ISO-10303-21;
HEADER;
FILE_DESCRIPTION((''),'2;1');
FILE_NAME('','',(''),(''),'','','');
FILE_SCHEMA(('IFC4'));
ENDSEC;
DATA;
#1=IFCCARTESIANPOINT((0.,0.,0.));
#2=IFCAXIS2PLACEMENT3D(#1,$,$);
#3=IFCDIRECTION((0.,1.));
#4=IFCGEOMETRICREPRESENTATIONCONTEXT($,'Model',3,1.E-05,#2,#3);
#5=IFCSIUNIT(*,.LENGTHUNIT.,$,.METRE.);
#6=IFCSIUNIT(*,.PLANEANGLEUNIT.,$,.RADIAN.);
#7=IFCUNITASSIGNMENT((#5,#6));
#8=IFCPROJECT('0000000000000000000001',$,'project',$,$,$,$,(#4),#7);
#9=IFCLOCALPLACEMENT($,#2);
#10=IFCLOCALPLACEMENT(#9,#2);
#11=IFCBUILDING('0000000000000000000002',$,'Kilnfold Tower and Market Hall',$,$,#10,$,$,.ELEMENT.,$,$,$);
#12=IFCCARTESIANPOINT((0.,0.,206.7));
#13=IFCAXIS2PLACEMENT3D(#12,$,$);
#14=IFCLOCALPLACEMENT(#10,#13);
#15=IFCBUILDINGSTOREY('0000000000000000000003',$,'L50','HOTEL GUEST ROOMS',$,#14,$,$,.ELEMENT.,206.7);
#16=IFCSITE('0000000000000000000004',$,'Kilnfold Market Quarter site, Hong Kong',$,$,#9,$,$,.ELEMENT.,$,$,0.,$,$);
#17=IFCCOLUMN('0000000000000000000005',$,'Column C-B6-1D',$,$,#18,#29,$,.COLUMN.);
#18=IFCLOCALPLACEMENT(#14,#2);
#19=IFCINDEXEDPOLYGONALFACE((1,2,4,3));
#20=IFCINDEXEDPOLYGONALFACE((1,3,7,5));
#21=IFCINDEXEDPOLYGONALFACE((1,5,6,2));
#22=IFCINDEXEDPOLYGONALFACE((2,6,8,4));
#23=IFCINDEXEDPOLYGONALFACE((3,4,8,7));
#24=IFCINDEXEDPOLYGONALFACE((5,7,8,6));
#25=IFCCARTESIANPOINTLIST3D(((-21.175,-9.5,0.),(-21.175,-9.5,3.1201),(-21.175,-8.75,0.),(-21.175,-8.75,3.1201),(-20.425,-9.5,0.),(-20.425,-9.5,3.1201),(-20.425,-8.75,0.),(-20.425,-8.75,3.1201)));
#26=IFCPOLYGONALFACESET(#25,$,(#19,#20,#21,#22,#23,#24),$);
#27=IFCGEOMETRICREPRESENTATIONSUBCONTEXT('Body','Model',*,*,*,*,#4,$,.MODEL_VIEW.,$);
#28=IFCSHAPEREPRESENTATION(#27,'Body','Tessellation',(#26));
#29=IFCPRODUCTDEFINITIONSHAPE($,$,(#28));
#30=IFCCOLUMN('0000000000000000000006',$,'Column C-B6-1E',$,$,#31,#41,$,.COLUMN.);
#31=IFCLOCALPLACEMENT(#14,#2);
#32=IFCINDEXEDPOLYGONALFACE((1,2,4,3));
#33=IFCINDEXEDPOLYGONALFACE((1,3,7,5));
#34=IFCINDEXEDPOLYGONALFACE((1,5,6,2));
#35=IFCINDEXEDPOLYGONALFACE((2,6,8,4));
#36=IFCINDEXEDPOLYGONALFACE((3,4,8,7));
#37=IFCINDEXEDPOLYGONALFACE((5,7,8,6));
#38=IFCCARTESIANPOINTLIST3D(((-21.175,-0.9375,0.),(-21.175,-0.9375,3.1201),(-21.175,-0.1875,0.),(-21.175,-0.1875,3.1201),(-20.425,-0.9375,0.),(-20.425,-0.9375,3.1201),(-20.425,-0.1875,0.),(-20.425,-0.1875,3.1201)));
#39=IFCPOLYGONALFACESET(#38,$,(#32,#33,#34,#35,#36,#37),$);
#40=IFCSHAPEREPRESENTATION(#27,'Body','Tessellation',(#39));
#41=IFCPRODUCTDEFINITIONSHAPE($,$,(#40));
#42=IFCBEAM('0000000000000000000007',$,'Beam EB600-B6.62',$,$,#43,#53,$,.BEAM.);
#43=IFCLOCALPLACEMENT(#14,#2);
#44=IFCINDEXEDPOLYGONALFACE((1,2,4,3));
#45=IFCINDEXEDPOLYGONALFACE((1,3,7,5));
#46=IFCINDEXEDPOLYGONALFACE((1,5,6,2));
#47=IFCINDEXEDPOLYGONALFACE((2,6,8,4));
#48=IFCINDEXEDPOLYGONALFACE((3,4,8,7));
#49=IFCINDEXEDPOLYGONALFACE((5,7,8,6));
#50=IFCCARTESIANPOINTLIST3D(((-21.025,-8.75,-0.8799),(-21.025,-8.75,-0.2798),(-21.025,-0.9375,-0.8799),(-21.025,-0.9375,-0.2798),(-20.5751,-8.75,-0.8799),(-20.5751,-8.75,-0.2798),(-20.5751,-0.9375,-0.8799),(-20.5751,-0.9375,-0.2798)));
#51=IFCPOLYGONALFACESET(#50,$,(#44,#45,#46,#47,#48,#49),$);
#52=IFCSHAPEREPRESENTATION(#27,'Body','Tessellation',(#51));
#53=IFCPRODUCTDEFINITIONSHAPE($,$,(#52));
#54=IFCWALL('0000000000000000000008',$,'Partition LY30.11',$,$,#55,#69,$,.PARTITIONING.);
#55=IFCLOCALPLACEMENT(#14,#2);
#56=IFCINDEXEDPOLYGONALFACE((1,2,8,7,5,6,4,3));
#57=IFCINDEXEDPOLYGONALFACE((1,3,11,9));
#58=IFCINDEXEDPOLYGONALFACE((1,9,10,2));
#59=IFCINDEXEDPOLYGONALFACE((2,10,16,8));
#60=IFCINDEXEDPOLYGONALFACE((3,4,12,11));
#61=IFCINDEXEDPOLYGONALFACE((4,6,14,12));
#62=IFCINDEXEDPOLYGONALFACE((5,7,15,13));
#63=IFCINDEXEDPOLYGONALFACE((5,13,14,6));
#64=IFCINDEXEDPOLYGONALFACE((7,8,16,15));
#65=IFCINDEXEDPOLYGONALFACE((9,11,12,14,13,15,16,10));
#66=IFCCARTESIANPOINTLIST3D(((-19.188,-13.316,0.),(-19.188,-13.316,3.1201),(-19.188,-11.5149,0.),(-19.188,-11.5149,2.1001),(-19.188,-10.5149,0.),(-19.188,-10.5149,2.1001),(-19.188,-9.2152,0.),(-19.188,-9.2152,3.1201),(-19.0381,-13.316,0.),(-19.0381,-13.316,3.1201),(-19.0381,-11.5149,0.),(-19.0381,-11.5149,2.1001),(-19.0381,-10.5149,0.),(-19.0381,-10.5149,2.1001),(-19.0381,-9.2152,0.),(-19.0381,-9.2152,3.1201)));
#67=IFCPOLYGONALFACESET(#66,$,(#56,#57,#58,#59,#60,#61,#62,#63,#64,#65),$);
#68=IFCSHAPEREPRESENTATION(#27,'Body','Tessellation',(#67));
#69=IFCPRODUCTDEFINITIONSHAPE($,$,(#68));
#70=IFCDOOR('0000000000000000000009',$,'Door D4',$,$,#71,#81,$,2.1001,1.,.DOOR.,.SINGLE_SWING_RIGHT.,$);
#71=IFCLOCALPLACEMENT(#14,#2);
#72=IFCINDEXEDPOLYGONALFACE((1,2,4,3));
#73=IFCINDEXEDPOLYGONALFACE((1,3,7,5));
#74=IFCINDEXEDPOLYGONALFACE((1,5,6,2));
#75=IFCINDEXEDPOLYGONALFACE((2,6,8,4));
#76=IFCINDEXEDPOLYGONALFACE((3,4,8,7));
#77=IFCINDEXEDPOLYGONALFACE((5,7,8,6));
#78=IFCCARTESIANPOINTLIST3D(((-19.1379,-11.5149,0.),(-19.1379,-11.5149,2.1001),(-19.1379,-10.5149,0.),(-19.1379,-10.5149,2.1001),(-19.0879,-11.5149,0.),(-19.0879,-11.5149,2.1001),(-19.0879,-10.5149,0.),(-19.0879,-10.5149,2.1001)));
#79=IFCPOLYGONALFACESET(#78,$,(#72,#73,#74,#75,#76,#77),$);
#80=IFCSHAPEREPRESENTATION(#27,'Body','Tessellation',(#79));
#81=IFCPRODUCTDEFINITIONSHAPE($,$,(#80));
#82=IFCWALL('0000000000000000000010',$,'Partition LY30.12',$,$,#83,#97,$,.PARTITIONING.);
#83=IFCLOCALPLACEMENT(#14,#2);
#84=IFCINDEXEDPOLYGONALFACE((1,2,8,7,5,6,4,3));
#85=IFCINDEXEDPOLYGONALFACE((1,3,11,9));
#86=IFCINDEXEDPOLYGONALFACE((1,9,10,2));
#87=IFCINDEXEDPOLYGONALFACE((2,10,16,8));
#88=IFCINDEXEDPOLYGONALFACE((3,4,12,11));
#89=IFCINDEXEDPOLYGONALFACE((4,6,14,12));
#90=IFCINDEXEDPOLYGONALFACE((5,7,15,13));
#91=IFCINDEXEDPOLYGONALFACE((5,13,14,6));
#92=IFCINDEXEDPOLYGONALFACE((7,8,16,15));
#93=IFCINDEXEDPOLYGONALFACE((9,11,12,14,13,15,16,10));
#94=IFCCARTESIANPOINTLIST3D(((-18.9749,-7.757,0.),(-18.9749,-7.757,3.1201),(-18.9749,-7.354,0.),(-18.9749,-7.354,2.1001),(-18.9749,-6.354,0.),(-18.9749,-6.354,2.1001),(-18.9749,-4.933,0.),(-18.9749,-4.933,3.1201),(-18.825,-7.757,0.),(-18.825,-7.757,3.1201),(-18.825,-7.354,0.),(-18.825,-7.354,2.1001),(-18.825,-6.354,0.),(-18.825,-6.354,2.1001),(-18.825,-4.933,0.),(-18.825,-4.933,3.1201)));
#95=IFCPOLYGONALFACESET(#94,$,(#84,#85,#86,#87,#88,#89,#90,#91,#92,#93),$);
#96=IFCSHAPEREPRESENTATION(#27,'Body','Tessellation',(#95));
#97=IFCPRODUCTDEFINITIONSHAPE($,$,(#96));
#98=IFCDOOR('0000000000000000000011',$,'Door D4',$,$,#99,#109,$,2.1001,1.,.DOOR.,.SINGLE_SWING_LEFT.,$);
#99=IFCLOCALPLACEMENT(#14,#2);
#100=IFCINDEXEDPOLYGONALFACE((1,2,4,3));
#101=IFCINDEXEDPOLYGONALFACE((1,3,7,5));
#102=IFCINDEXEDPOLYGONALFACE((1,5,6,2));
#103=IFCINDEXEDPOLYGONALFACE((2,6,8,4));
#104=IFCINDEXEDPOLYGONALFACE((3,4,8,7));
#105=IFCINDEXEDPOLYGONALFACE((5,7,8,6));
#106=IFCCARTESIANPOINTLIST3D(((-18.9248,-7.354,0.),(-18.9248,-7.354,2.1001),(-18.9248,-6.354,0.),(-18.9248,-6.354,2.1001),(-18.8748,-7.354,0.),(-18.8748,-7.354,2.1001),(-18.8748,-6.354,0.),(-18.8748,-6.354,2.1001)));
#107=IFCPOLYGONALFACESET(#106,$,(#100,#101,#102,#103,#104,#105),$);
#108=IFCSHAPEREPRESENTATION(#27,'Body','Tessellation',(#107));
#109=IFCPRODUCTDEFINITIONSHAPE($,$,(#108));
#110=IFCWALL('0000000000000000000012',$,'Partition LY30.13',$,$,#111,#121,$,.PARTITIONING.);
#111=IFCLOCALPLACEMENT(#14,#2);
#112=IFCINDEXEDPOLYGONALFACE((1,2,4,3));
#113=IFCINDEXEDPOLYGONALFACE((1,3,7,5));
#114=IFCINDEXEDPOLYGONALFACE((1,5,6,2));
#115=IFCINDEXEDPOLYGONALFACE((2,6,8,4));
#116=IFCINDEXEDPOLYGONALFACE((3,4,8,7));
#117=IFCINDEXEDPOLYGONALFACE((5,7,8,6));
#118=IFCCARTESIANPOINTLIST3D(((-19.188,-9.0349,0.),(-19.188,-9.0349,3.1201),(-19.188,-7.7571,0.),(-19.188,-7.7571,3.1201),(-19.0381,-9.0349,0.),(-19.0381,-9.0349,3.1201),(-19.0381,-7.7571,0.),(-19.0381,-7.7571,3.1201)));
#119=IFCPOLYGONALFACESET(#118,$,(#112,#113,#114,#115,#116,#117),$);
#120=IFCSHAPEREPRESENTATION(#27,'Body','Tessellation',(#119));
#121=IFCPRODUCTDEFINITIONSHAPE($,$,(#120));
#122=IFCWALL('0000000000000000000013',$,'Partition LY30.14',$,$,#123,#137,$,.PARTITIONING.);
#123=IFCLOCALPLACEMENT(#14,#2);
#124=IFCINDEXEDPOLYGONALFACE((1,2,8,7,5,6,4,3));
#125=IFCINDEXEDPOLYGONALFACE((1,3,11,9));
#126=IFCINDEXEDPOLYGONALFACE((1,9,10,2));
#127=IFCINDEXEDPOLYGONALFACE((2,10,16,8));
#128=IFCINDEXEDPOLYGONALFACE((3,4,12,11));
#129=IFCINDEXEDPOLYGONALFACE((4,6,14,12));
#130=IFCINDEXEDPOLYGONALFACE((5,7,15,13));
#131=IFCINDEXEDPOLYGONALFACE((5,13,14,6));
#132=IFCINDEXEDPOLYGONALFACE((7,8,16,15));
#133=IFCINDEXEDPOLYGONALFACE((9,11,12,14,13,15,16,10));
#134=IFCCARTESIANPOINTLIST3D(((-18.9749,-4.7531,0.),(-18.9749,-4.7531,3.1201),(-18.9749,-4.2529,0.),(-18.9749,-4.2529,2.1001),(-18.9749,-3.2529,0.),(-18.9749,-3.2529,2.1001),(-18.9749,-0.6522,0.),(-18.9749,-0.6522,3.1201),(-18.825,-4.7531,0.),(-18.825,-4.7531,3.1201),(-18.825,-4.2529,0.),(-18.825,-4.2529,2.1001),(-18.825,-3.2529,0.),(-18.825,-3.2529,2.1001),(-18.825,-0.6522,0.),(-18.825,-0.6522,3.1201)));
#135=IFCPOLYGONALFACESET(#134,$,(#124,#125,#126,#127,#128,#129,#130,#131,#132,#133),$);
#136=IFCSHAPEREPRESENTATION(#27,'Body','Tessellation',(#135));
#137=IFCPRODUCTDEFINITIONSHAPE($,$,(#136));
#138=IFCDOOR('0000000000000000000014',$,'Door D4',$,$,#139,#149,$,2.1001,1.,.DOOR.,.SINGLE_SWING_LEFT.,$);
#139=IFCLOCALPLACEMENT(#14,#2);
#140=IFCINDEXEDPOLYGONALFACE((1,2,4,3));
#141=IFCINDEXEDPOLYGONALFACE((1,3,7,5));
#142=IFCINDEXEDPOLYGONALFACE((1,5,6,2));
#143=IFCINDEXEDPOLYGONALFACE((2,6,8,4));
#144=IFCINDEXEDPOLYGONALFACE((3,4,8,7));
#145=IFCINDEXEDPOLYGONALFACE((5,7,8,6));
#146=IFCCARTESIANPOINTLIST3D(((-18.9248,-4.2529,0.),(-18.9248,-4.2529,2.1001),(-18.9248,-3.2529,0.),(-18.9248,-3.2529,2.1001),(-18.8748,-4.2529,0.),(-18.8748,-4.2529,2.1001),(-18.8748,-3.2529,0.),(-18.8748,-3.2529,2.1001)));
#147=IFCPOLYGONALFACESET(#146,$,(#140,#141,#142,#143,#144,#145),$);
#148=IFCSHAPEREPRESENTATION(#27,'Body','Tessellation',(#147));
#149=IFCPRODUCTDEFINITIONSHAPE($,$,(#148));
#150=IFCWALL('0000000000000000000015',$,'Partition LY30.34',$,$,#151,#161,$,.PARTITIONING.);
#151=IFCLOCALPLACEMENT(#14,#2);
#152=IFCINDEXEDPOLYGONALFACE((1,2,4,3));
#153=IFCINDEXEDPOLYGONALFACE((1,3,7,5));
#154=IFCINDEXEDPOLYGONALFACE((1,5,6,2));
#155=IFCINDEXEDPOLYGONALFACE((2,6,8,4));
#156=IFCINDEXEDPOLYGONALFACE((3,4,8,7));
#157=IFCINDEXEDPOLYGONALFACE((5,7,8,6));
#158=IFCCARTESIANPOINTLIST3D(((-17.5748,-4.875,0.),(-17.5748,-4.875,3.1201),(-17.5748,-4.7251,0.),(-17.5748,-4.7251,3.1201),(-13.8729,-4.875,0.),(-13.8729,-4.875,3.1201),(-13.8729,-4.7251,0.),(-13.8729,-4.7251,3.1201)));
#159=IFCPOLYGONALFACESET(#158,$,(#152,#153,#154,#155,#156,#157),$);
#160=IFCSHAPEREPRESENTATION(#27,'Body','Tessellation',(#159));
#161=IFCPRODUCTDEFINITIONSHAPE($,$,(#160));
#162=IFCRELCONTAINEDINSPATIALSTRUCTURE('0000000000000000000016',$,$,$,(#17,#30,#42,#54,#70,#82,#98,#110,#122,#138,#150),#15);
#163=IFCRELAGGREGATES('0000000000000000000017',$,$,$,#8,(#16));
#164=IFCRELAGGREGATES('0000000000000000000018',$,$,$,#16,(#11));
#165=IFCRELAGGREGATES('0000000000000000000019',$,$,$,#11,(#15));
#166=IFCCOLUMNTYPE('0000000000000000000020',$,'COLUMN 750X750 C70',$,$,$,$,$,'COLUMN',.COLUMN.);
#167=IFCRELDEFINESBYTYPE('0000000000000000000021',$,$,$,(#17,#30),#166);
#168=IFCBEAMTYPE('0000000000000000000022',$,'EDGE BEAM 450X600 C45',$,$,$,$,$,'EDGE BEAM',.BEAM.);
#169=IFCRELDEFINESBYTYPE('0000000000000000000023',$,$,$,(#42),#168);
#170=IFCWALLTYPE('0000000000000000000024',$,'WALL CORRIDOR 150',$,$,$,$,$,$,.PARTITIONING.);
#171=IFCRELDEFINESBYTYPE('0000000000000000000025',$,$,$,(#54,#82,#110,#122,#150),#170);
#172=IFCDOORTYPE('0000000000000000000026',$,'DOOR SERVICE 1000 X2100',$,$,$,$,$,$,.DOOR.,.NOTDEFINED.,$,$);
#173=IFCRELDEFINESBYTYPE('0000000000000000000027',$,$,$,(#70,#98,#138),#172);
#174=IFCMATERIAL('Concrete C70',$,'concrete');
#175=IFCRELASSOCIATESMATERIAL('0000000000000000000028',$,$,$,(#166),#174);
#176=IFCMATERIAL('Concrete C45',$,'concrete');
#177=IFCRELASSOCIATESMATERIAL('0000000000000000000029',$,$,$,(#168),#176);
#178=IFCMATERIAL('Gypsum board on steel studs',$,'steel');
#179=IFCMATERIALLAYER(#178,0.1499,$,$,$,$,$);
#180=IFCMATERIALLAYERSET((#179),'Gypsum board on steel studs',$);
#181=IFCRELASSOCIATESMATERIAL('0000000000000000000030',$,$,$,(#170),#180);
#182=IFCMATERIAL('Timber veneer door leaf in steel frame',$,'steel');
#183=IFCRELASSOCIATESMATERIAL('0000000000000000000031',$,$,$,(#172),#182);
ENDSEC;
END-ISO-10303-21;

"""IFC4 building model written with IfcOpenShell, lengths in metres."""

from ifc_helpers import new_model, si_unit, direction, frame, frame_2d, origin, origin_2d, place, context, subcontext, project, spatial, rectangle, extrude, source, transform, mapped, material, layer, layer_set, material_profile, profile_set, type_object, element, fill, save


model = new_model("IFC4")

# Units and contexts
model_context = context("Model", 3, precision=1e-05, world=origin(), true_north=direction((0.0, 1.0)))
body_context = subcontext(model_context, "Body", "Model", "MODEL_VIEW")
ifc_project = project(units=[si_unit("LENGTHUNIT", "METRE"), si_unit("PLANEANGLEUNIT", "RADIAN")], contexts=[model_context])

# Site, building, storey
site_placement = place(None, origin())
site = spatial("IfcSite", under=ifc_project, at=site_placement, Name="Kilnfold Market Quarter site, Hong Kong", CompositionType="ELEMENT", RefElevation=0.0)
building_placement = place(site_placement, origin())
building = spatial("IfcBuilding", under=site, at=building_placement, Name="Kilnfold Tower and Market Hall", CompositionType="ELEMENT")
storey_placement = place(building_placement, frame((0.0, 0.0, 206.7)))
storey = spatial("IfcBuildingStorey", under=building, at=storey_placement, Name="L50", Description="HOTEL GUEST ROOMS", CompositionType="ELEMENT", Elevation=206.7)

# Columns
ifc_material_1 = material(Name="Concrete C70", Category="concrete")
ifc_material_profile_1 = material_profile(ifc_material_1, rectangle(XDim=0.75, YDim=0.75, at=origin_2d()), Name="RC 750x750")
ifc_profile_set_1 = profile_set([ifc_material_profile_1], Name="Concrete C70")
column_type = type_object("IfcColumnType", Name="COLUMN 750X750 C70", ElementType="COLUMN", PredefinedType="COLUMN", material=ifc_profile_set_1)
shared_shape_1 = source(origin(), body_context, "Body", "SweptSolid", [
    extrude(rectangle(XDim=0.75, YDim=0.75, at=origin_2d()), origin(), (0.0, 0.0, 1.0), 3.1201),
])
for number, where, z_axis, x_axis, name in (
    (1, (-20.8, -9.125, 0.0), (0.0, 0.0, 1.0), (1.0, 0.0, 0.0), "Column C-B6-1D"),
    (2, (-20.8, -0.5625, 0.0), (0.0, 0.0, 1.0), (1.0, 0.0, 0.0), "Column C-B6-1E"),
):
    element("IfcColumn", number, at=place(storey_placement, frame(where, z_axis=z_axis, x_axis=x_axis)), inside=storey, type_object=column_type, Name=name, PredefinedType="COLUMN", context=body_context, shape_type="MappedRepresentation", body=[
        mapped(shared_shape_1, transform((0.0, 0.0, 0.0))),
    ])

# Beam
ifc_material_2 = material(Name="Concrete C45", Category="concrete")
ifc_material_profile_2 = material_profile(ifc_material_2, rectangle(XDim=0.45, YDim=0.6001, at=origin_2d()), Name="RC 450x600")
ifc_profile_set_2 = profile_set([ifc_material_profile_2], Name="Concrete C45")
beam_type = type_object("IfcBeamType", Name="EDGE BEAM 450X600 C45", ElementType="EDGE BEAM", PredefinedType="BEAM", material=ifc_profile_set_2)
shared_shape_2 = source(origin(), body_context, "Body", "SweptSolid", [
    extrude(rectangle(XDim=0.45, YDim=0.6001, at=origin_2d()), origin(), (0.0, 0.0, 1.0), 7.8125),
])
beam_placement = place(storey_placement, frame((-20.8, -8.75, -0.5798), z_axis=(0.0, 1.0, 0.0), x_axis=(-1.0, 0.0, 0.0)))
element("IfcBeam", 3, at=beam_placement, inside=storey, type_object=beam_type, Name="Beam EB600-B6.62", PredefinedType="BEAM", context=body_context, shape_type="MappedRepresentation", body=[
    mapped(shared_shape_2, transform((0.0, 0.0, 0.0))),
])

# Walls, openings, doors
ifc_material_3 = material(Name="Gypsum board on steel studs", Category="steel")
ifc_layer_1 = layer(ifc_material_3, 0.1499)
ifc_layer_set_1 = layer_set([ifc_layer_1], Name="Gypsum board on steel studs")
wall_type_1 = type_object("IfcWallType", Name="WALL CORRIDOR 150", PredefinedType="PARTITIONING", material=ifc_layer_set_1)
wall_1_placement = place(storey_placement, frame((-19.113, -13.3159, 0.0), z_axis=(0.0, 0.0, 1.0), x_axis=(0.0, 1.0, 0.0)))
wall_1 = element("IfcWall", 4, at=wall_1_placement, inside=storey, type_object=wall_type_1, Name="Partition LY30.11", PredefinedType="PARTITIONING", context=body_context, shape_type="SweptSolid", body=[
    extrude(rectangle(XDim=4.1008, YDim=0.1499, at=frame_2d((2.0503, 0.0))), origin(), (0.0, 0.0, 1.0), 3.1201),
])
opening_1_placement = place(wall_1_placement, frame((1.801, 0.0, 0.0)))
opening_1 = element("IfcOpeningElement", 5, at=opening_1_placement, cuts=wall_1, PredefinedType="OPENING", context=body_context, shape_type="SweptSolid", body=[
    extrude(rectangle(XDim=1.0, YDim=2.1001, at=frame_2d((0.5, 1.05))), frame((0.0, 0.085, 0.0), z_axis=(0.0, -1.0, 0.0), x_axis=(1.0, 0.0, 0.0)), (0.0, 0.0, 1.0), 0.1699),
])
ifc_material_4 = material(Name="Timber veneer door leaf in steel frame", Category="steel")
door_type_1 = type_object("IfcDoorType", Name="DOOR SERVICE 1000 X2100", OperationType="NOTDEFINED", PredefinedType="DOOR", material=ifc_material_4)
door_1_placement = place(opening_1_placement, origin())
door_1 = element("IfcDoor", 6, at=door_1_placement, inside=storey, type_object=door_type_1, Name="Door D4", OperationType="SINGLE_SWING_RIGHT", OverallHeight=2.1001, OverallWidth=1.0, PredefinedType="DOOR", context=body_context, shape_type="SweptSolid", body=[
    extrude(rectangle(XDim=1.0, YDim=2.1001, at=frame_2d((0.5, 1.05))), frame((0.0, 0.0249, 0.0), z_axis=(0.0, -1.0, 0.0), x_axis=(1.0, 0.0, 0.0)), (0.0, 0.0, 1.0), 0.05),
])
fill(opening_1, door_1)
wall_2_placement = place(storey_placement, frame((-18.8999, -7.7571, 0.0), z_axis=(0.0, 0.0, 1.0), x_axis=(0.0, 1.0, 0.0)))
wall_2 = element("IfcWall", 7, at=wall_2_placement, inside=storey, type_object=wall_type_1, Name="Partition LY30.12", PredefinedType="PARTITIONING", context=body_context, shape_type="SweptSolid", body=[
    extrude(rectangle(XDim=2.824, YDim=0.1499, at=frame_2d((1.4121, 0.0))), origin(), (0.0, 0.0, 1.0), 3.1201),
])
opening_2_placement = place(wall_2_placement, frame((0.4031, 0.0, 0.0)))
opening_2 = element("IfcOpeningElement", 8, at=opening_2_placement, cuts=wall_2, PredefinedType="OPENING", context=body_context, shape_type="SweptSolid", body=[
    extrude(rectangle(XDim=1.0, YDim=2.1001, at=frame_2d((0.5, 1.05))), frame((0.0, 0.085, 0.0), z_axis=(0.0, -1.0, 0.0), x_axis=(1.0, 0.0, 0.0)), (0.0, 0.0, 1.0), 0.1699),
])
door_2_placement = place(opening_2_placement, origin())
door_2 = element("IfcDoor", 9, at=door_2_placement, inside=storey, type_object=door_type_1, Name="Door D4", OperationType="SINGLE_SWING_LEFT", OverallHeight=2.1001, OverallWidth=1.0, PredefinedType="DOOR", context=body_context, shape_type="SweptSolid", body=[
    extrude(rectangle(XDim=1.0, YDim=2.1001, at=frame_2d((0.5, 1.05))), frame((0.0, 0.0249, 0.0), z_axis=(0.0, -1.0, 0.0), x_axis=(1.0, 0.0, 0.0)), (0.0, 0.0, 1.0), 0.05),
])
fill(opening_2, door_2)

# Wall
wall_3_placement = place(storey_placement, frame((-19.113, -9.0349, 0.0), z_axis=(0.0, 0.0, 1.0), x_axis=(0.0, 1.0, 0.0)))
element("IfcWall", 10, at=wall_3_placement, inside=storey, type_object=wall_type_1, Name="Partition LY30.13", PredefinedType="PARTITIONING", context=body_context, shape_type="SweptSolid", body=[
    extrude(rectangle(XDim=1.2778, YDim=0.1499, at=frame_2d((0.6389, 0.0))), origin(), (0.0, 0.0, 1.0), 3.1201),
])

# Wall, opening, door
wall_4_placement = place(storey_placement, frame((-18.8999, -4.7529, 0.0), z_axis=(0.0, 0.0, 1.0), x_axis=(0.0, 1.0, 0.0)))
wall_4 = element("IfcWall", 11, at=wall_4_placement, inside=storey, type_object=wall_type_1, Name="Partition LY30.14", PredefinedType="PARTITIONING", context=body_context, shape_type="SweptSolid", body=[
    extrude(rectangle(XDim=4.1008, YDim=0.1499, at=frame_2d((2.0503, 0.0))), origin(), (0.0, 0.0, 1.0), 3.1201),
])
opening_3_placement = place(wall_4_placement, frame((0.5, 0.0, 0.0)))
opening_3 = element("IfcOpeningElement", 12, at=opening_3_placement, cuts=wall_4, PredefinedType="OPENING", context=body_context, shape_type="SweptSolid", body=[
    extrude(rectangle(XDim=1.0, YDim=2.1001, at=frame_2d((0.5, 1.05))), frame((0.0, 0.085, 0.0), z_axis=(0.0, -1.0, 0.0), x_axis=(1.0, 0.0, 0.0)), (0.0, 0.0, 1.0), 0.1699),
])
door_3_placement = place(opening_3_placement, origin())
door_3 = element("IfcDoor", 13, at=door_3_placement, inside=storey, type_object=door_type_1, Name="Door D4", OperationType="SINGLE_SWING_LEFT", OverallHeight=2.1001, OverallWidth=1.0, PredefinedType="DOOR", context=body_context, shape_type="SweptSolid", body=[
    extrude(rectangle(XDim=1.0, YDim=2.1001, at=frame_2d((0.5, 1.05))), frame((0.0, 0.0249, 0.0), z_axis=(0.0, -1.0, 0.0), x_axis=(1.0, 0.0, 0.0)), (0.0, 0.0, 1.0), 0.05),
])
fill(opening_3, door_3)

# Wall
wall_5_placement = place(storey_placement, frame((-17.575, -4.8, 0.0), z_axis=(0.0, 0.0, 1.0), x_axis=(1.0, 0.0, 0.0)))
element("IfcWall", 14, at=wall_5_placement, inside=storey, type_object=wall_type_1, Name="Partition LY30.34", PredefinedType="PARTITIONING", context=body_context, shape_type="SweptSolid", body=[
    extrude(rectangle(XDim=3.7019, YDim=0.1499, at=frame_2d((1.8511, 0.0))), origin(), (0.0, 0.0, 1.0), 3.1201),
])

save(model, "model.ifc")
